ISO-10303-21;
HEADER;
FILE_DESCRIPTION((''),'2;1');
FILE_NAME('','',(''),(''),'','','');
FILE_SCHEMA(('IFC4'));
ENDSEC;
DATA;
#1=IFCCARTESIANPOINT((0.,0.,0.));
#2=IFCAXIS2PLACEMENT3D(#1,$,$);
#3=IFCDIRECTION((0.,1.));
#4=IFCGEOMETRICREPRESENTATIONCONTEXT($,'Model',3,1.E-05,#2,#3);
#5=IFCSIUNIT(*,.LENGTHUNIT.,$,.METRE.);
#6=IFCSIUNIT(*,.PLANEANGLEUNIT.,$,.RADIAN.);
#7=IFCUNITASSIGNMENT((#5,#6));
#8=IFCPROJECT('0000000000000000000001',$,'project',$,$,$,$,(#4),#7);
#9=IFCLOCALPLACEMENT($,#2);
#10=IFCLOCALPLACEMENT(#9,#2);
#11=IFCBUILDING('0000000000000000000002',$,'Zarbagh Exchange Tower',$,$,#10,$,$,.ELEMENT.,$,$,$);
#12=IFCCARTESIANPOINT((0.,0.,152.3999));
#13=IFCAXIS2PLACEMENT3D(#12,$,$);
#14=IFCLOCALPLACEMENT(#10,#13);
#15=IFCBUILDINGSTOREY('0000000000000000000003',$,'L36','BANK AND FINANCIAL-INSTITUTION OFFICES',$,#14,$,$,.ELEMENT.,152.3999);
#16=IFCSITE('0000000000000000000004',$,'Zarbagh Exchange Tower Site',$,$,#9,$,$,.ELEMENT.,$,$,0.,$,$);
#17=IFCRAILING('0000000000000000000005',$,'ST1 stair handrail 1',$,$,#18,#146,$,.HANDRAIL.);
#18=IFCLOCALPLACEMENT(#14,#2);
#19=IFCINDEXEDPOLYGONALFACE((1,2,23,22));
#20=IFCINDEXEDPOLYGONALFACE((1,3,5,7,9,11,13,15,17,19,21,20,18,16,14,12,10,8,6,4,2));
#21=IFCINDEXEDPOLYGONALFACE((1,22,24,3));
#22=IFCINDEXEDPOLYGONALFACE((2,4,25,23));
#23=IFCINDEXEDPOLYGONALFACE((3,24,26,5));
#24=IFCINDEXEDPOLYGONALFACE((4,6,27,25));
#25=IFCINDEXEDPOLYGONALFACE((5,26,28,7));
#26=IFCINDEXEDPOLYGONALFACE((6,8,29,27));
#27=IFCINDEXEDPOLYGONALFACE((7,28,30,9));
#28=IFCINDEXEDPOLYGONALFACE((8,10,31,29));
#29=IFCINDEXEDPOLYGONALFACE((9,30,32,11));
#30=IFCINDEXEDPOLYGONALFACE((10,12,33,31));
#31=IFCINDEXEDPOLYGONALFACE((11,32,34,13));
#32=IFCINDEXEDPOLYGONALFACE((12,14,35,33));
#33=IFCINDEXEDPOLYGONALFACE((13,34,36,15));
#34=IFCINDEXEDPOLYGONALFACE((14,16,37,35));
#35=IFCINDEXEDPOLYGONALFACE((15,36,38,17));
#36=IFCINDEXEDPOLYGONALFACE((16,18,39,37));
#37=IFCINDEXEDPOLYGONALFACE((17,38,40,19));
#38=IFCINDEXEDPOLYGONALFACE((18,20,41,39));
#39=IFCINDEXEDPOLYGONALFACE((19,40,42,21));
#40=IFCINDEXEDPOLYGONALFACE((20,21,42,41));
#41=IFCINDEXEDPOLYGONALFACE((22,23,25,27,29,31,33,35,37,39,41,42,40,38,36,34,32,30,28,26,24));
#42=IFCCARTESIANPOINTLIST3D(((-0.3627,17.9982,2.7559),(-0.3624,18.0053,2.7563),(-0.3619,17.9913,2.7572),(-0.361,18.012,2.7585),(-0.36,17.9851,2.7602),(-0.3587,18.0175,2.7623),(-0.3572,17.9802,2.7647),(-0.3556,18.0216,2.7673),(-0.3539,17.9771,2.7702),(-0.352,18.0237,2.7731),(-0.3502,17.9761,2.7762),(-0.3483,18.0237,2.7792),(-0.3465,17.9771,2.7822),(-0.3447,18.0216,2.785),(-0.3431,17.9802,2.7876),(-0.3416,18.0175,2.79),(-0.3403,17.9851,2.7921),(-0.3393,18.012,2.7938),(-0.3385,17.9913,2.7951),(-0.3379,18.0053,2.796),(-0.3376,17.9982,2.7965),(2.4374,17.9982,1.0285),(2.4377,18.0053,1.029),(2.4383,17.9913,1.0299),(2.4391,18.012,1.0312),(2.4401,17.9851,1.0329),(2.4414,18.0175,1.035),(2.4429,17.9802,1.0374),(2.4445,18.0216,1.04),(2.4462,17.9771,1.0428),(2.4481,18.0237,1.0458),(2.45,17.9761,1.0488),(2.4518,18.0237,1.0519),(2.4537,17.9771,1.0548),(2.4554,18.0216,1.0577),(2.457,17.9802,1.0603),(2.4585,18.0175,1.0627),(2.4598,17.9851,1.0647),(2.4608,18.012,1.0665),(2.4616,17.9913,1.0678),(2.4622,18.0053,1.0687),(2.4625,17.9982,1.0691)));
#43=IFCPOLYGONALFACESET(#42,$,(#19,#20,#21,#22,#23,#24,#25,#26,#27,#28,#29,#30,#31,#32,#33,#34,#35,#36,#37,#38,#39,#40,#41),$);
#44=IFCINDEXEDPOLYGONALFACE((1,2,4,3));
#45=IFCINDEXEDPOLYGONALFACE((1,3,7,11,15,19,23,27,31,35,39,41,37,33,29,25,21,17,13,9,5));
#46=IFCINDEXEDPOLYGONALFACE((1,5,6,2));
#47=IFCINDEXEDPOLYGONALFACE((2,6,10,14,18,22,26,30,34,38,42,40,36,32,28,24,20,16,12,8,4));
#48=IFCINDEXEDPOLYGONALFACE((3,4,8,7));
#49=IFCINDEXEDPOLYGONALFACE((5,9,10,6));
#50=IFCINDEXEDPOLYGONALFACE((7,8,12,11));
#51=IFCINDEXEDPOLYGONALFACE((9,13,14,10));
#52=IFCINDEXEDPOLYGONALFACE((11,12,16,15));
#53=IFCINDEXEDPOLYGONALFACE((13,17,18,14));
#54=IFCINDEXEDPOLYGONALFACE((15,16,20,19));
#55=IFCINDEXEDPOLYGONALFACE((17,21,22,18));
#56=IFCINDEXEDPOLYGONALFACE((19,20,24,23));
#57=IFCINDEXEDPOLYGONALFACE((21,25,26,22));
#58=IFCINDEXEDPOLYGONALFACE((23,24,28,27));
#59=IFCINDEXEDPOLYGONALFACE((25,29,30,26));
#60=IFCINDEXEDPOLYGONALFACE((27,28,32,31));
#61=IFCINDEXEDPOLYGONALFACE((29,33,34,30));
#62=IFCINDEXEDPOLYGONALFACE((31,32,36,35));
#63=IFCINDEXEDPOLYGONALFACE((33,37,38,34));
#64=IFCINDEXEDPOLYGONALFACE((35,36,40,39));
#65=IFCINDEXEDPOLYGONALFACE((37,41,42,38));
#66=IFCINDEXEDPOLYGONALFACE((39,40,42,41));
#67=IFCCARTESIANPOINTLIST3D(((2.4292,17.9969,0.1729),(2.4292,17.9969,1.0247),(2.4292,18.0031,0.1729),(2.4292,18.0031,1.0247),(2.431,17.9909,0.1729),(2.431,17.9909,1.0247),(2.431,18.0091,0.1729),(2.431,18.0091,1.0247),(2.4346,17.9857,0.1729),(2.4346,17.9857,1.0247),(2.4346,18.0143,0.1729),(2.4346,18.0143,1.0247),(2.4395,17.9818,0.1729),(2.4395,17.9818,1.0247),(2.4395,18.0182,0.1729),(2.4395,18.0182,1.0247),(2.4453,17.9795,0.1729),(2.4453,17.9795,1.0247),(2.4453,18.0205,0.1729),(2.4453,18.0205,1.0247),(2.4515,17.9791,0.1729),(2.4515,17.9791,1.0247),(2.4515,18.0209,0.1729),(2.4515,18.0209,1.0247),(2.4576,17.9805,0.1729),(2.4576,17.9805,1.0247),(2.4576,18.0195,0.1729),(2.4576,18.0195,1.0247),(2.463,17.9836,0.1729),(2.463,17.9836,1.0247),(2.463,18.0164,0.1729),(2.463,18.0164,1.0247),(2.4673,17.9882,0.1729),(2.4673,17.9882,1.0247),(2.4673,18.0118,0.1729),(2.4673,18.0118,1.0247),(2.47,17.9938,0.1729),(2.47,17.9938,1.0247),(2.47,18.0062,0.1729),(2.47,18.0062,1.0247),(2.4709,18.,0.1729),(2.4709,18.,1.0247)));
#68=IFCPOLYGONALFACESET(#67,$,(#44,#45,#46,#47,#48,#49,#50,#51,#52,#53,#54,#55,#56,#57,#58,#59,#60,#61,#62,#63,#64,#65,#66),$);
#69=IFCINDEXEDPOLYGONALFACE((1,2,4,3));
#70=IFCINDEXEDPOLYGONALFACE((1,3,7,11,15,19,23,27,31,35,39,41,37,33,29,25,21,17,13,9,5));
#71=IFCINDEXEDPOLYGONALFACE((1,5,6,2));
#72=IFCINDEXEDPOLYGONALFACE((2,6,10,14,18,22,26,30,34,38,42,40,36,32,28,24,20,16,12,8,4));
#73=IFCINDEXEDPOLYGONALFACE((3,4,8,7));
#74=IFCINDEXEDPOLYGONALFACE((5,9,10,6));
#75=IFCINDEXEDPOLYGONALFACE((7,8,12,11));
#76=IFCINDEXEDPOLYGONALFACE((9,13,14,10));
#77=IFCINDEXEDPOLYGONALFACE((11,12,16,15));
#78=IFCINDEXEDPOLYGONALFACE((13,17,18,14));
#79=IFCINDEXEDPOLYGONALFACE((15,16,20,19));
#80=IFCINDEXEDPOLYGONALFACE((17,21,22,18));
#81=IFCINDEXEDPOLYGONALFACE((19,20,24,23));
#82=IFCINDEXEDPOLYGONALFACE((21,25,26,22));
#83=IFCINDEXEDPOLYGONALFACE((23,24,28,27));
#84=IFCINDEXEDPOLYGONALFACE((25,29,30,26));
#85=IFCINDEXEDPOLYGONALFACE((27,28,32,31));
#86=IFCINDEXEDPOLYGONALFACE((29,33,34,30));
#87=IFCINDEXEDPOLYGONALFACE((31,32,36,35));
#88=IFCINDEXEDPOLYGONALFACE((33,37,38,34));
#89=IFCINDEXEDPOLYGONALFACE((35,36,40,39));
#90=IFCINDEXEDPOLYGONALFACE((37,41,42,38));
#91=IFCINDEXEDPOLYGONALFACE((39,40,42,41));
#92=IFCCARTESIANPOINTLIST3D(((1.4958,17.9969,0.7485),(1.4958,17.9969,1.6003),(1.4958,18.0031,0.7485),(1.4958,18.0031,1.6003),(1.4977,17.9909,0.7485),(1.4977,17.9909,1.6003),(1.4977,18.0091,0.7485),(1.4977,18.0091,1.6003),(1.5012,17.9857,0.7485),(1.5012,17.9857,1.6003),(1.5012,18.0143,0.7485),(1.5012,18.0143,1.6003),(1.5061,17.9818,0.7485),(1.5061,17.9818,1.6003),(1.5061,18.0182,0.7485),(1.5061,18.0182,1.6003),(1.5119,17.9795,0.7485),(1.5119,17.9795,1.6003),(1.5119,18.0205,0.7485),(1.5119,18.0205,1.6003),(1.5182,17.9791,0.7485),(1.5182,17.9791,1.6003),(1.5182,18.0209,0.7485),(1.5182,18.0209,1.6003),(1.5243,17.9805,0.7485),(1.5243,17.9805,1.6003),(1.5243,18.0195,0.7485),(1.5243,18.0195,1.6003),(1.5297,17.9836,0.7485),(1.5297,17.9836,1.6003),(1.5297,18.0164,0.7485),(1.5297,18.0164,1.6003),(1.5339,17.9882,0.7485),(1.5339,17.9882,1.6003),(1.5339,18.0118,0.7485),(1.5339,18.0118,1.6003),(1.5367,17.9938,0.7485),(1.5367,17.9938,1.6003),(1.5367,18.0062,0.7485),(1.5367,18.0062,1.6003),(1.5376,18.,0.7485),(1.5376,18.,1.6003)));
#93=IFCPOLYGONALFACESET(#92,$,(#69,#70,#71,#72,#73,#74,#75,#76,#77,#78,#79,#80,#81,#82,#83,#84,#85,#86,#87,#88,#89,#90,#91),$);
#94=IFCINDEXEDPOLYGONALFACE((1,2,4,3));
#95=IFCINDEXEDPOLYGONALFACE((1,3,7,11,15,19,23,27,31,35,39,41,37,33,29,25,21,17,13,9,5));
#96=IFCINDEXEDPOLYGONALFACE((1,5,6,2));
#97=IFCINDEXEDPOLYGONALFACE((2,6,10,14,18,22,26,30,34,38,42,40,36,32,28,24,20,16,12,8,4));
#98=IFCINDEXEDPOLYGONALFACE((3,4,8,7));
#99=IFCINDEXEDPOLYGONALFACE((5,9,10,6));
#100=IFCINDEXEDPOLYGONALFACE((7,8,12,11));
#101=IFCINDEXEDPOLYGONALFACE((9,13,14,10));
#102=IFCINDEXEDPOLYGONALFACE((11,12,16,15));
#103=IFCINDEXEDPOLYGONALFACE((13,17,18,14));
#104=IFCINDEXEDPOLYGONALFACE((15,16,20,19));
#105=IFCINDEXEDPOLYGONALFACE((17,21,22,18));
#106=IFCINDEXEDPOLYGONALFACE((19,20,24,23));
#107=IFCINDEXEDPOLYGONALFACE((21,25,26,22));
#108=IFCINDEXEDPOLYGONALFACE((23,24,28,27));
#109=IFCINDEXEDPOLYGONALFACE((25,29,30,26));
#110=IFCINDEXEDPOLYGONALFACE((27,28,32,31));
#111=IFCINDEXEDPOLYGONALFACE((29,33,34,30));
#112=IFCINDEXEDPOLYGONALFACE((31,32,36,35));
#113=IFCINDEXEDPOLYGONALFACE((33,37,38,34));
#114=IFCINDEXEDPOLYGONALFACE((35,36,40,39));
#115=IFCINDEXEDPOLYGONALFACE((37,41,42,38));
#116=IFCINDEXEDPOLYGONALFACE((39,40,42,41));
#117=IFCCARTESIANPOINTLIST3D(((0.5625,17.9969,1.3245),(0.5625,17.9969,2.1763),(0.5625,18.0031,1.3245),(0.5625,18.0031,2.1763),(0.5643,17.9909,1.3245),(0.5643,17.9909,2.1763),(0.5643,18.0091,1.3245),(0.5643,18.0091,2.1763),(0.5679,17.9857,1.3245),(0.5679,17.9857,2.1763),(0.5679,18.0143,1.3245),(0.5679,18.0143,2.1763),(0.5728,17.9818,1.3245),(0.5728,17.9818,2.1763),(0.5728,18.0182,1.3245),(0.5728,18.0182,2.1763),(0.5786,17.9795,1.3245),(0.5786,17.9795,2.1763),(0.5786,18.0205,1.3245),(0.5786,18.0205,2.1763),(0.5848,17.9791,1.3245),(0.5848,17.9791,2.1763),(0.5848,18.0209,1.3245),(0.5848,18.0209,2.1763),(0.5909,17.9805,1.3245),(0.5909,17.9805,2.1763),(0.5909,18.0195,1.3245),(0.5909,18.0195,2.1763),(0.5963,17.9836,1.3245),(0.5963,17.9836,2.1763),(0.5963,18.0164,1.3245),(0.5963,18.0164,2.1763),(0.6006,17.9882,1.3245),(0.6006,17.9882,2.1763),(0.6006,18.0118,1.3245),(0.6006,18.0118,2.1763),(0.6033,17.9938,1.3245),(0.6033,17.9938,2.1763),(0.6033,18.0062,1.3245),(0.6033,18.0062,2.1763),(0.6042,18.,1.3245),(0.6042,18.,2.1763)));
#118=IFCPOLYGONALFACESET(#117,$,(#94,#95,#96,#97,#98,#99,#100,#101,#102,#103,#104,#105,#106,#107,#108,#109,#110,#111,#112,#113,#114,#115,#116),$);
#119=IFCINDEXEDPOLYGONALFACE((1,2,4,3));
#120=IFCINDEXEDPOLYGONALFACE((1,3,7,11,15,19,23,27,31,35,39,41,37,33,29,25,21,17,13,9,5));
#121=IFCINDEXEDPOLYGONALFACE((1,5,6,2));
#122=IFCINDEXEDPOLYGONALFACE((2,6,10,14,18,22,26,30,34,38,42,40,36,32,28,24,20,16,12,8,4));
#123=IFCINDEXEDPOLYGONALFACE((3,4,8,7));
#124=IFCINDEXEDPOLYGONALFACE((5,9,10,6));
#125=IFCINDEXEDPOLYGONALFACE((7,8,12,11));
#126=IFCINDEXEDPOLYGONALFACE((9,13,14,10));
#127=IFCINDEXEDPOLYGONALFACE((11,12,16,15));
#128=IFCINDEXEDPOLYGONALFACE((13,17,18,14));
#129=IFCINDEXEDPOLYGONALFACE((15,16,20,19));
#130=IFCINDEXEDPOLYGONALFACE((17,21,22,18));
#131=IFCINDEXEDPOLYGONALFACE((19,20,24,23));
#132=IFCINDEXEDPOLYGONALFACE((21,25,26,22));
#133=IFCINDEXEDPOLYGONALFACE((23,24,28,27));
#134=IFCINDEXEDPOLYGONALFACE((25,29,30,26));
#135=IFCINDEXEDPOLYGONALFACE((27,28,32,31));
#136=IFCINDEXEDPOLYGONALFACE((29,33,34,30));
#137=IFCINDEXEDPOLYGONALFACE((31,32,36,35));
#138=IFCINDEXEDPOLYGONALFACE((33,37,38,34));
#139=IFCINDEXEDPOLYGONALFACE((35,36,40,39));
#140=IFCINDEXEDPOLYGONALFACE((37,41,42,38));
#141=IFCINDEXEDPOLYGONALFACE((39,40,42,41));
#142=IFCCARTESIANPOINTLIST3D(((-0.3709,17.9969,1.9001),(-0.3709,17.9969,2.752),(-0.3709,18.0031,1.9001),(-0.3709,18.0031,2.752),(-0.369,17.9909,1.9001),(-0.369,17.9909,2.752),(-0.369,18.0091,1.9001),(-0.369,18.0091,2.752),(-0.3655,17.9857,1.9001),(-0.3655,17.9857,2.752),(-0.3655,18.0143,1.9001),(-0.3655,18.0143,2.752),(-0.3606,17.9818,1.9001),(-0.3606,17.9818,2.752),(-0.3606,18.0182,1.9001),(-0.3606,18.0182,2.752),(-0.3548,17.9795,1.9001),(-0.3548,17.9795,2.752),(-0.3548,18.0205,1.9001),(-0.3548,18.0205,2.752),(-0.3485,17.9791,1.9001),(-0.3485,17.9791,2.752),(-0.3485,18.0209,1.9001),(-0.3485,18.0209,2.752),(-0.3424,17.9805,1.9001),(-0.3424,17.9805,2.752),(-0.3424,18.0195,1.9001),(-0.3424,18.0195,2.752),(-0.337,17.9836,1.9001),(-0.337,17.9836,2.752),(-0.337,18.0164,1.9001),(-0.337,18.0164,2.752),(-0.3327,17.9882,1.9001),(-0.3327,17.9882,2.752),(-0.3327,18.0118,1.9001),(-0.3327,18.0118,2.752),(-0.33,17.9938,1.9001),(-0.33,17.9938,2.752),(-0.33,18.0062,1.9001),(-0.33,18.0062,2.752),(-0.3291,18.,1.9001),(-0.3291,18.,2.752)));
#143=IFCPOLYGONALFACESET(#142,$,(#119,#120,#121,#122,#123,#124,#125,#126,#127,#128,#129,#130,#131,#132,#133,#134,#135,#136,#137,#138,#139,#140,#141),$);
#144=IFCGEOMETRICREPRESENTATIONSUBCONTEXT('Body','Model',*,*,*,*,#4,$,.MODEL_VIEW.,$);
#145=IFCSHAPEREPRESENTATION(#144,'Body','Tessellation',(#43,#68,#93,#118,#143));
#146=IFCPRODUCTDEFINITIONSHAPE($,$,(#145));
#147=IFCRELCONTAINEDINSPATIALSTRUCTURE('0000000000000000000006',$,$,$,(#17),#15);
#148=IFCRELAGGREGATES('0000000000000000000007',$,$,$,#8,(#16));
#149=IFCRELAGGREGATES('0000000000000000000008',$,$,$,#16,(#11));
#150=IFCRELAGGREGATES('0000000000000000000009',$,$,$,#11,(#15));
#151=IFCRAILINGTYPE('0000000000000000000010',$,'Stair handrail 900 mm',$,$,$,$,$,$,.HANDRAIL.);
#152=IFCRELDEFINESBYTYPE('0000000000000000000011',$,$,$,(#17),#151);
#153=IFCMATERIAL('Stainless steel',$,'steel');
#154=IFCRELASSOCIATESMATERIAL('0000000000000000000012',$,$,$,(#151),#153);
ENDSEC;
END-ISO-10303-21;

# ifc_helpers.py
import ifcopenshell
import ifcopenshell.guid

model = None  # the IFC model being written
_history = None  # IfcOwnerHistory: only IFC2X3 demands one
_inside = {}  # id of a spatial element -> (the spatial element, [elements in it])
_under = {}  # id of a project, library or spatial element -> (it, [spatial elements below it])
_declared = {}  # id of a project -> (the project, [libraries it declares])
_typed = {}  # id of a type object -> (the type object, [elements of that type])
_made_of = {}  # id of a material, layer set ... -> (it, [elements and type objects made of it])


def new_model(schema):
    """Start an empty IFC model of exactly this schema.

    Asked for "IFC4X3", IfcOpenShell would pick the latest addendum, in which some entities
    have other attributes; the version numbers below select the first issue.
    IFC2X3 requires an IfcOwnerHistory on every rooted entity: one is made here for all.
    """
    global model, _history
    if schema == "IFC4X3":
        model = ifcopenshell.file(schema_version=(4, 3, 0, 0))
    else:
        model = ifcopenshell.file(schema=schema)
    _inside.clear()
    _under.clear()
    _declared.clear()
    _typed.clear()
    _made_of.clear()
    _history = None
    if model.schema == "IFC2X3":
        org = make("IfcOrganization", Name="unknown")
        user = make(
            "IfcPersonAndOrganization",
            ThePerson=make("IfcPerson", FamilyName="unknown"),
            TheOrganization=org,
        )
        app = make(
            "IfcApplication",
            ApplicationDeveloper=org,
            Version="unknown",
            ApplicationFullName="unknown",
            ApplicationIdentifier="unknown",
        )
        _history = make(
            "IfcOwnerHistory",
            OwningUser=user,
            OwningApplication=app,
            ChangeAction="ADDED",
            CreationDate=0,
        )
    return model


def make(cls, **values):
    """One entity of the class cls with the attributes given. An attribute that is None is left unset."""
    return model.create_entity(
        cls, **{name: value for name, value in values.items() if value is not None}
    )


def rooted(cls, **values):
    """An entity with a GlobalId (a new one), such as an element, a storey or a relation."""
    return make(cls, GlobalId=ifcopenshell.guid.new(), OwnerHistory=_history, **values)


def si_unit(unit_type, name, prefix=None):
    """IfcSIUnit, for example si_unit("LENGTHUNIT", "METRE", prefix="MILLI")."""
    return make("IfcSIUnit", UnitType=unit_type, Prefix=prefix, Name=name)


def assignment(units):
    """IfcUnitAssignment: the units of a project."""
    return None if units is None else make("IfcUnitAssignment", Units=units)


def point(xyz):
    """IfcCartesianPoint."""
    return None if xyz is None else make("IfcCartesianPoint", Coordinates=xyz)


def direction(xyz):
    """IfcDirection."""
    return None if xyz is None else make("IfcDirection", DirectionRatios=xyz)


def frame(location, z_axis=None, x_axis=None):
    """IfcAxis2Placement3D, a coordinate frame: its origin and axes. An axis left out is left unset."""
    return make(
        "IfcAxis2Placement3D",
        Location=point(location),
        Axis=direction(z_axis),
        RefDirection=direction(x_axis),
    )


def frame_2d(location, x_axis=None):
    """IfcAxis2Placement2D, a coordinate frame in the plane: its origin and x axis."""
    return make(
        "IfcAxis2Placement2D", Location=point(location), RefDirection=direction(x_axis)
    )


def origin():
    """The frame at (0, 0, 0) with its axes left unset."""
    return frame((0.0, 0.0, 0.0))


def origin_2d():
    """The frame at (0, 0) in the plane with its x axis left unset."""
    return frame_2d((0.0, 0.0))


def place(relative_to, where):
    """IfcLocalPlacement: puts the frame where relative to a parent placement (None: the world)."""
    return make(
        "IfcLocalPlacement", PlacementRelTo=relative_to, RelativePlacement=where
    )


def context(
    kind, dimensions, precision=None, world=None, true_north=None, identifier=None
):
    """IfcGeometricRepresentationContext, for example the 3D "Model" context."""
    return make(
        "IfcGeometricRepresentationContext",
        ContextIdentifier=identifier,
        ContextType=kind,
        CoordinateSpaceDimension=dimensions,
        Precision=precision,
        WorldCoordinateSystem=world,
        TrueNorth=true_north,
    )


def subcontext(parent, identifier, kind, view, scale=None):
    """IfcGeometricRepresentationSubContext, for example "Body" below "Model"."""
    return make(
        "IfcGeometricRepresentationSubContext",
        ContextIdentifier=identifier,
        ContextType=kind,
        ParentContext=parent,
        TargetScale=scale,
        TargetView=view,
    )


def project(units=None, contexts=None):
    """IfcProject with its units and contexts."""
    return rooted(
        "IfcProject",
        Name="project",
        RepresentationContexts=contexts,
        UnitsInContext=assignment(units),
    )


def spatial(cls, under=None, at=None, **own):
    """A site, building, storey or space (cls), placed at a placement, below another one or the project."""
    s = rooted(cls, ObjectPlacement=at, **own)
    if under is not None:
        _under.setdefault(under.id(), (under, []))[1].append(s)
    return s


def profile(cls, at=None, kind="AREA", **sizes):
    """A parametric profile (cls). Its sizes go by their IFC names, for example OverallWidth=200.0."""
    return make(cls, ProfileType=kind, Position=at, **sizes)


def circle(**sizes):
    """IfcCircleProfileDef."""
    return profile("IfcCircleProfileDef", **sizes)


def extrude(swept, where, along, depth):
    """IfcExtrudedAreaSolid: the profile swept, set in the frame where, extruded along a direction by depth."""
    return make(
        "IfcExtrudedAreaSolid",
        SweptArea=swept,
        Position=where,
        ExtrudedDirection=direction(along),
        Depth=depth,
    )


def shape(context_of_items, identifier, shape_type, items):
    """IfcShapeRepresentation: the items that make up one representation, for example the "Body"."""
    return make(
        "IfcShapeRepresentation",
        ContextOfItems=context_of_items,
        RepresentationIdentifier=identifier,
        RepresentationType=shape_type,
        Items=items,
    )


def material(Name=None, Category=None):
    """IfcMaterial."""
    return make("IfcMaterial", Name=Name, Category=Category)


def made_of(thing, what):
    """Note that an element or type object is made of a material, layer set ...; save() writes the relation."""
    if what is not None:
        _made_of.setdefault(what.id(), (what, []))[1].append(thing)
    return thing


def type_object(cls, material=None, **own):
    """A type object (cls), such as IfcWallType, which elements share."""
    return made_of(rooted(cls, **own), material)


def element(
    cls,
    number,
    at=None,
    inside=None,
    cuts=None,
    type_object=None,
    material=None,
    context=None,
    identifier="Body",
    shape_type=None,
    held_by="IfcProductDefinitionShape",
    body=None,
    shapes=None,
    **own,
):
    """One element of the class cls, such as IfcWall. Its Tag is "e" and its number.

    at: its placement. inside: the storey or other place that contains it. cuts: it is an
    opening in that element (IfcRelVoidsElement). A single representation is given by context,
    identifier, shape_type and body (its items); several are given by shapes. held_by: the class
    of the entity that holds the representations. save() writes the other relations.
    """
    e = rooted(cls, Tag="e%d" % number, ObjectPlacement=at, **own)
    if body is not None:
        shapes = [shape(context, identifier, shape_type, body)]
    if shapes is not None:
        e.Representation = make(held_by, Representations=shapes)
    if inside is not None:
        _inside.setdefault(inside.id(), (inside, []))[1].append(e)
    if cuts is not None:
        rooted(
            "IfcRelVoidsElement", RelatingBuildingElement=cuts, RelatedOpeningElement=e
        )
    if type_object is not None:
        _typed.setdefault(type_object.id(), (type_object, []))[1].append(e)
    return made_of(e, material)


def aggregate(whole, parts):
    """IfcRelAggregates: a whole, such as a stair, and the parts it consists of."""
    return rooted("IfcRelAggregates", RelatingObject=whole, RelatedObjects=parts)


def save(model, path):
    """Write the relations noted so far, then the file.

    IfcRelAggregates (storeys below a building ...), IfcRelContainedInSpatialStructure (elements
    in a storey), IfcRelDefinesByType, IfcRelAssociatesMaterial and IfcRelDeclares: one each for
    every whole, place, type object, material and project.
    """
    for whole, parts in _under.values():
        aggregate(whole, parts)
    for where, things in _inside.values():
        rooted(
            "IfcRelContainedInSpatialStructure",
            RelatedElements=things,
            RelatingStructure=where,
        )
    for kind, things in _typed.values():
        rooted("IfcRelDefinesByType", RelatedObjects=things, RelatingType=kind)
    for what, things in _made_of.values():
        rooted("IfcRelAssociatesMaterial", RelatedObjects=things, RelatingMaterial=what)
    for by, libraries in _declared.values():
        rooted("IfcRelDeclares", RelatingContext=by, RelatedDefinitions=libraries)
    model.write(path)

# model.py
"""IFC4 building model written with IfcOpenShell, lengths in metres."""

from ifc_helpers import new_model, si_unit, direction, frame, origin, origin_2d, place, context, subcontext, project, spatial, circle, extrude, material, type_object, element, save


model = new_model("IFC4")

# Units and contexts
model_context = context("Model", 3, precision=1e-05, world=origin(), true_north=direction((0.0, 1.0)))
body_context = subcontext(model_context, "Body", "Model", "MODEL_VIEW")
ifc_project = project(units=[si_unit("LENGTHUNIT", "METRE"), si_unit("PLANEANGLEUNIT", "RADIAN")], contexts=[model_context])

# Site, building, storey
site_placement = place(None, origin())
site = spatial("IfcSite", under=ifc_project, at=site_placement, Name="Zarbagh Exchange Tower Site", CompositionType="ELEMENT", RefElevation=0.0)
building_placement = place(site_placement, origin())
building = spatial("IfcBuilding", under=site, at=building_placement, Name="Zarbagh Exchange Tower", CompositionType="ELEMENT")
storey_placement = place(building_placement, frame((0.0, 0.0, 152.3999)))
storey = spatial("IfcBuildingStorey", under=building, at=storey_placement, Name="L36", Description="BANK AND FINANCIAL-INSTITUTION OFFICES", CompositionType="ELEMENT", Elevation=152.3999)

# Shared definitions
ifc_material_1 = material(Name="Stainless steel", Category="steel")

# Railing
railing_type = type_object("IfcRailingType", Name="Stair handrail 900 mm", PredefinedType="HANDRAIL", material=ifc_material_1)
railing_placement = place(storey_placement, frame((2.45, 18.0, 0.1729)))
element("IfcRailing", 1, at=railing_placement, inside=storey, type_object=railing_type, Name="ST1 stair handrail 1", PredefinedType="HANDRAIL", context=body_context, shape_type="SweptSolid", body=[
    extrude(circle(Radius=0.0239, at=origin_2d()), frame((0.0, 0.0, 0.876), z_axis=(-0.85109, 0.0, 0.52502), x_axis=(0.0, -1.0, 0.0)), (0.0, 0.0, 1.0), 3.29),
    extrude(circle(Radius=0.021, at=origin_2d()), origin(), (0.0, 0.0, 1.0), 0.8518),
    extrude(circle(Radius=0.021, at=origin_2d()), frame((-0.9333, 0.0, 0.5757)), (0.0, 0.0, 1.0), 0.8518),
    extrude(circle(Radius=0.021, at=origin_2d()), frame((-1.8667, 0.0, 1.1516)), (0.0, 0.0, 1.0), 0.8518),
    extrude(circle(Radius=0.021, at=origin_2d()), frame((-2.8, 0.0, 1.7273)), (0.0, 0.0, 1.0), 0.8518),
])

save(model, "model.ifc")
